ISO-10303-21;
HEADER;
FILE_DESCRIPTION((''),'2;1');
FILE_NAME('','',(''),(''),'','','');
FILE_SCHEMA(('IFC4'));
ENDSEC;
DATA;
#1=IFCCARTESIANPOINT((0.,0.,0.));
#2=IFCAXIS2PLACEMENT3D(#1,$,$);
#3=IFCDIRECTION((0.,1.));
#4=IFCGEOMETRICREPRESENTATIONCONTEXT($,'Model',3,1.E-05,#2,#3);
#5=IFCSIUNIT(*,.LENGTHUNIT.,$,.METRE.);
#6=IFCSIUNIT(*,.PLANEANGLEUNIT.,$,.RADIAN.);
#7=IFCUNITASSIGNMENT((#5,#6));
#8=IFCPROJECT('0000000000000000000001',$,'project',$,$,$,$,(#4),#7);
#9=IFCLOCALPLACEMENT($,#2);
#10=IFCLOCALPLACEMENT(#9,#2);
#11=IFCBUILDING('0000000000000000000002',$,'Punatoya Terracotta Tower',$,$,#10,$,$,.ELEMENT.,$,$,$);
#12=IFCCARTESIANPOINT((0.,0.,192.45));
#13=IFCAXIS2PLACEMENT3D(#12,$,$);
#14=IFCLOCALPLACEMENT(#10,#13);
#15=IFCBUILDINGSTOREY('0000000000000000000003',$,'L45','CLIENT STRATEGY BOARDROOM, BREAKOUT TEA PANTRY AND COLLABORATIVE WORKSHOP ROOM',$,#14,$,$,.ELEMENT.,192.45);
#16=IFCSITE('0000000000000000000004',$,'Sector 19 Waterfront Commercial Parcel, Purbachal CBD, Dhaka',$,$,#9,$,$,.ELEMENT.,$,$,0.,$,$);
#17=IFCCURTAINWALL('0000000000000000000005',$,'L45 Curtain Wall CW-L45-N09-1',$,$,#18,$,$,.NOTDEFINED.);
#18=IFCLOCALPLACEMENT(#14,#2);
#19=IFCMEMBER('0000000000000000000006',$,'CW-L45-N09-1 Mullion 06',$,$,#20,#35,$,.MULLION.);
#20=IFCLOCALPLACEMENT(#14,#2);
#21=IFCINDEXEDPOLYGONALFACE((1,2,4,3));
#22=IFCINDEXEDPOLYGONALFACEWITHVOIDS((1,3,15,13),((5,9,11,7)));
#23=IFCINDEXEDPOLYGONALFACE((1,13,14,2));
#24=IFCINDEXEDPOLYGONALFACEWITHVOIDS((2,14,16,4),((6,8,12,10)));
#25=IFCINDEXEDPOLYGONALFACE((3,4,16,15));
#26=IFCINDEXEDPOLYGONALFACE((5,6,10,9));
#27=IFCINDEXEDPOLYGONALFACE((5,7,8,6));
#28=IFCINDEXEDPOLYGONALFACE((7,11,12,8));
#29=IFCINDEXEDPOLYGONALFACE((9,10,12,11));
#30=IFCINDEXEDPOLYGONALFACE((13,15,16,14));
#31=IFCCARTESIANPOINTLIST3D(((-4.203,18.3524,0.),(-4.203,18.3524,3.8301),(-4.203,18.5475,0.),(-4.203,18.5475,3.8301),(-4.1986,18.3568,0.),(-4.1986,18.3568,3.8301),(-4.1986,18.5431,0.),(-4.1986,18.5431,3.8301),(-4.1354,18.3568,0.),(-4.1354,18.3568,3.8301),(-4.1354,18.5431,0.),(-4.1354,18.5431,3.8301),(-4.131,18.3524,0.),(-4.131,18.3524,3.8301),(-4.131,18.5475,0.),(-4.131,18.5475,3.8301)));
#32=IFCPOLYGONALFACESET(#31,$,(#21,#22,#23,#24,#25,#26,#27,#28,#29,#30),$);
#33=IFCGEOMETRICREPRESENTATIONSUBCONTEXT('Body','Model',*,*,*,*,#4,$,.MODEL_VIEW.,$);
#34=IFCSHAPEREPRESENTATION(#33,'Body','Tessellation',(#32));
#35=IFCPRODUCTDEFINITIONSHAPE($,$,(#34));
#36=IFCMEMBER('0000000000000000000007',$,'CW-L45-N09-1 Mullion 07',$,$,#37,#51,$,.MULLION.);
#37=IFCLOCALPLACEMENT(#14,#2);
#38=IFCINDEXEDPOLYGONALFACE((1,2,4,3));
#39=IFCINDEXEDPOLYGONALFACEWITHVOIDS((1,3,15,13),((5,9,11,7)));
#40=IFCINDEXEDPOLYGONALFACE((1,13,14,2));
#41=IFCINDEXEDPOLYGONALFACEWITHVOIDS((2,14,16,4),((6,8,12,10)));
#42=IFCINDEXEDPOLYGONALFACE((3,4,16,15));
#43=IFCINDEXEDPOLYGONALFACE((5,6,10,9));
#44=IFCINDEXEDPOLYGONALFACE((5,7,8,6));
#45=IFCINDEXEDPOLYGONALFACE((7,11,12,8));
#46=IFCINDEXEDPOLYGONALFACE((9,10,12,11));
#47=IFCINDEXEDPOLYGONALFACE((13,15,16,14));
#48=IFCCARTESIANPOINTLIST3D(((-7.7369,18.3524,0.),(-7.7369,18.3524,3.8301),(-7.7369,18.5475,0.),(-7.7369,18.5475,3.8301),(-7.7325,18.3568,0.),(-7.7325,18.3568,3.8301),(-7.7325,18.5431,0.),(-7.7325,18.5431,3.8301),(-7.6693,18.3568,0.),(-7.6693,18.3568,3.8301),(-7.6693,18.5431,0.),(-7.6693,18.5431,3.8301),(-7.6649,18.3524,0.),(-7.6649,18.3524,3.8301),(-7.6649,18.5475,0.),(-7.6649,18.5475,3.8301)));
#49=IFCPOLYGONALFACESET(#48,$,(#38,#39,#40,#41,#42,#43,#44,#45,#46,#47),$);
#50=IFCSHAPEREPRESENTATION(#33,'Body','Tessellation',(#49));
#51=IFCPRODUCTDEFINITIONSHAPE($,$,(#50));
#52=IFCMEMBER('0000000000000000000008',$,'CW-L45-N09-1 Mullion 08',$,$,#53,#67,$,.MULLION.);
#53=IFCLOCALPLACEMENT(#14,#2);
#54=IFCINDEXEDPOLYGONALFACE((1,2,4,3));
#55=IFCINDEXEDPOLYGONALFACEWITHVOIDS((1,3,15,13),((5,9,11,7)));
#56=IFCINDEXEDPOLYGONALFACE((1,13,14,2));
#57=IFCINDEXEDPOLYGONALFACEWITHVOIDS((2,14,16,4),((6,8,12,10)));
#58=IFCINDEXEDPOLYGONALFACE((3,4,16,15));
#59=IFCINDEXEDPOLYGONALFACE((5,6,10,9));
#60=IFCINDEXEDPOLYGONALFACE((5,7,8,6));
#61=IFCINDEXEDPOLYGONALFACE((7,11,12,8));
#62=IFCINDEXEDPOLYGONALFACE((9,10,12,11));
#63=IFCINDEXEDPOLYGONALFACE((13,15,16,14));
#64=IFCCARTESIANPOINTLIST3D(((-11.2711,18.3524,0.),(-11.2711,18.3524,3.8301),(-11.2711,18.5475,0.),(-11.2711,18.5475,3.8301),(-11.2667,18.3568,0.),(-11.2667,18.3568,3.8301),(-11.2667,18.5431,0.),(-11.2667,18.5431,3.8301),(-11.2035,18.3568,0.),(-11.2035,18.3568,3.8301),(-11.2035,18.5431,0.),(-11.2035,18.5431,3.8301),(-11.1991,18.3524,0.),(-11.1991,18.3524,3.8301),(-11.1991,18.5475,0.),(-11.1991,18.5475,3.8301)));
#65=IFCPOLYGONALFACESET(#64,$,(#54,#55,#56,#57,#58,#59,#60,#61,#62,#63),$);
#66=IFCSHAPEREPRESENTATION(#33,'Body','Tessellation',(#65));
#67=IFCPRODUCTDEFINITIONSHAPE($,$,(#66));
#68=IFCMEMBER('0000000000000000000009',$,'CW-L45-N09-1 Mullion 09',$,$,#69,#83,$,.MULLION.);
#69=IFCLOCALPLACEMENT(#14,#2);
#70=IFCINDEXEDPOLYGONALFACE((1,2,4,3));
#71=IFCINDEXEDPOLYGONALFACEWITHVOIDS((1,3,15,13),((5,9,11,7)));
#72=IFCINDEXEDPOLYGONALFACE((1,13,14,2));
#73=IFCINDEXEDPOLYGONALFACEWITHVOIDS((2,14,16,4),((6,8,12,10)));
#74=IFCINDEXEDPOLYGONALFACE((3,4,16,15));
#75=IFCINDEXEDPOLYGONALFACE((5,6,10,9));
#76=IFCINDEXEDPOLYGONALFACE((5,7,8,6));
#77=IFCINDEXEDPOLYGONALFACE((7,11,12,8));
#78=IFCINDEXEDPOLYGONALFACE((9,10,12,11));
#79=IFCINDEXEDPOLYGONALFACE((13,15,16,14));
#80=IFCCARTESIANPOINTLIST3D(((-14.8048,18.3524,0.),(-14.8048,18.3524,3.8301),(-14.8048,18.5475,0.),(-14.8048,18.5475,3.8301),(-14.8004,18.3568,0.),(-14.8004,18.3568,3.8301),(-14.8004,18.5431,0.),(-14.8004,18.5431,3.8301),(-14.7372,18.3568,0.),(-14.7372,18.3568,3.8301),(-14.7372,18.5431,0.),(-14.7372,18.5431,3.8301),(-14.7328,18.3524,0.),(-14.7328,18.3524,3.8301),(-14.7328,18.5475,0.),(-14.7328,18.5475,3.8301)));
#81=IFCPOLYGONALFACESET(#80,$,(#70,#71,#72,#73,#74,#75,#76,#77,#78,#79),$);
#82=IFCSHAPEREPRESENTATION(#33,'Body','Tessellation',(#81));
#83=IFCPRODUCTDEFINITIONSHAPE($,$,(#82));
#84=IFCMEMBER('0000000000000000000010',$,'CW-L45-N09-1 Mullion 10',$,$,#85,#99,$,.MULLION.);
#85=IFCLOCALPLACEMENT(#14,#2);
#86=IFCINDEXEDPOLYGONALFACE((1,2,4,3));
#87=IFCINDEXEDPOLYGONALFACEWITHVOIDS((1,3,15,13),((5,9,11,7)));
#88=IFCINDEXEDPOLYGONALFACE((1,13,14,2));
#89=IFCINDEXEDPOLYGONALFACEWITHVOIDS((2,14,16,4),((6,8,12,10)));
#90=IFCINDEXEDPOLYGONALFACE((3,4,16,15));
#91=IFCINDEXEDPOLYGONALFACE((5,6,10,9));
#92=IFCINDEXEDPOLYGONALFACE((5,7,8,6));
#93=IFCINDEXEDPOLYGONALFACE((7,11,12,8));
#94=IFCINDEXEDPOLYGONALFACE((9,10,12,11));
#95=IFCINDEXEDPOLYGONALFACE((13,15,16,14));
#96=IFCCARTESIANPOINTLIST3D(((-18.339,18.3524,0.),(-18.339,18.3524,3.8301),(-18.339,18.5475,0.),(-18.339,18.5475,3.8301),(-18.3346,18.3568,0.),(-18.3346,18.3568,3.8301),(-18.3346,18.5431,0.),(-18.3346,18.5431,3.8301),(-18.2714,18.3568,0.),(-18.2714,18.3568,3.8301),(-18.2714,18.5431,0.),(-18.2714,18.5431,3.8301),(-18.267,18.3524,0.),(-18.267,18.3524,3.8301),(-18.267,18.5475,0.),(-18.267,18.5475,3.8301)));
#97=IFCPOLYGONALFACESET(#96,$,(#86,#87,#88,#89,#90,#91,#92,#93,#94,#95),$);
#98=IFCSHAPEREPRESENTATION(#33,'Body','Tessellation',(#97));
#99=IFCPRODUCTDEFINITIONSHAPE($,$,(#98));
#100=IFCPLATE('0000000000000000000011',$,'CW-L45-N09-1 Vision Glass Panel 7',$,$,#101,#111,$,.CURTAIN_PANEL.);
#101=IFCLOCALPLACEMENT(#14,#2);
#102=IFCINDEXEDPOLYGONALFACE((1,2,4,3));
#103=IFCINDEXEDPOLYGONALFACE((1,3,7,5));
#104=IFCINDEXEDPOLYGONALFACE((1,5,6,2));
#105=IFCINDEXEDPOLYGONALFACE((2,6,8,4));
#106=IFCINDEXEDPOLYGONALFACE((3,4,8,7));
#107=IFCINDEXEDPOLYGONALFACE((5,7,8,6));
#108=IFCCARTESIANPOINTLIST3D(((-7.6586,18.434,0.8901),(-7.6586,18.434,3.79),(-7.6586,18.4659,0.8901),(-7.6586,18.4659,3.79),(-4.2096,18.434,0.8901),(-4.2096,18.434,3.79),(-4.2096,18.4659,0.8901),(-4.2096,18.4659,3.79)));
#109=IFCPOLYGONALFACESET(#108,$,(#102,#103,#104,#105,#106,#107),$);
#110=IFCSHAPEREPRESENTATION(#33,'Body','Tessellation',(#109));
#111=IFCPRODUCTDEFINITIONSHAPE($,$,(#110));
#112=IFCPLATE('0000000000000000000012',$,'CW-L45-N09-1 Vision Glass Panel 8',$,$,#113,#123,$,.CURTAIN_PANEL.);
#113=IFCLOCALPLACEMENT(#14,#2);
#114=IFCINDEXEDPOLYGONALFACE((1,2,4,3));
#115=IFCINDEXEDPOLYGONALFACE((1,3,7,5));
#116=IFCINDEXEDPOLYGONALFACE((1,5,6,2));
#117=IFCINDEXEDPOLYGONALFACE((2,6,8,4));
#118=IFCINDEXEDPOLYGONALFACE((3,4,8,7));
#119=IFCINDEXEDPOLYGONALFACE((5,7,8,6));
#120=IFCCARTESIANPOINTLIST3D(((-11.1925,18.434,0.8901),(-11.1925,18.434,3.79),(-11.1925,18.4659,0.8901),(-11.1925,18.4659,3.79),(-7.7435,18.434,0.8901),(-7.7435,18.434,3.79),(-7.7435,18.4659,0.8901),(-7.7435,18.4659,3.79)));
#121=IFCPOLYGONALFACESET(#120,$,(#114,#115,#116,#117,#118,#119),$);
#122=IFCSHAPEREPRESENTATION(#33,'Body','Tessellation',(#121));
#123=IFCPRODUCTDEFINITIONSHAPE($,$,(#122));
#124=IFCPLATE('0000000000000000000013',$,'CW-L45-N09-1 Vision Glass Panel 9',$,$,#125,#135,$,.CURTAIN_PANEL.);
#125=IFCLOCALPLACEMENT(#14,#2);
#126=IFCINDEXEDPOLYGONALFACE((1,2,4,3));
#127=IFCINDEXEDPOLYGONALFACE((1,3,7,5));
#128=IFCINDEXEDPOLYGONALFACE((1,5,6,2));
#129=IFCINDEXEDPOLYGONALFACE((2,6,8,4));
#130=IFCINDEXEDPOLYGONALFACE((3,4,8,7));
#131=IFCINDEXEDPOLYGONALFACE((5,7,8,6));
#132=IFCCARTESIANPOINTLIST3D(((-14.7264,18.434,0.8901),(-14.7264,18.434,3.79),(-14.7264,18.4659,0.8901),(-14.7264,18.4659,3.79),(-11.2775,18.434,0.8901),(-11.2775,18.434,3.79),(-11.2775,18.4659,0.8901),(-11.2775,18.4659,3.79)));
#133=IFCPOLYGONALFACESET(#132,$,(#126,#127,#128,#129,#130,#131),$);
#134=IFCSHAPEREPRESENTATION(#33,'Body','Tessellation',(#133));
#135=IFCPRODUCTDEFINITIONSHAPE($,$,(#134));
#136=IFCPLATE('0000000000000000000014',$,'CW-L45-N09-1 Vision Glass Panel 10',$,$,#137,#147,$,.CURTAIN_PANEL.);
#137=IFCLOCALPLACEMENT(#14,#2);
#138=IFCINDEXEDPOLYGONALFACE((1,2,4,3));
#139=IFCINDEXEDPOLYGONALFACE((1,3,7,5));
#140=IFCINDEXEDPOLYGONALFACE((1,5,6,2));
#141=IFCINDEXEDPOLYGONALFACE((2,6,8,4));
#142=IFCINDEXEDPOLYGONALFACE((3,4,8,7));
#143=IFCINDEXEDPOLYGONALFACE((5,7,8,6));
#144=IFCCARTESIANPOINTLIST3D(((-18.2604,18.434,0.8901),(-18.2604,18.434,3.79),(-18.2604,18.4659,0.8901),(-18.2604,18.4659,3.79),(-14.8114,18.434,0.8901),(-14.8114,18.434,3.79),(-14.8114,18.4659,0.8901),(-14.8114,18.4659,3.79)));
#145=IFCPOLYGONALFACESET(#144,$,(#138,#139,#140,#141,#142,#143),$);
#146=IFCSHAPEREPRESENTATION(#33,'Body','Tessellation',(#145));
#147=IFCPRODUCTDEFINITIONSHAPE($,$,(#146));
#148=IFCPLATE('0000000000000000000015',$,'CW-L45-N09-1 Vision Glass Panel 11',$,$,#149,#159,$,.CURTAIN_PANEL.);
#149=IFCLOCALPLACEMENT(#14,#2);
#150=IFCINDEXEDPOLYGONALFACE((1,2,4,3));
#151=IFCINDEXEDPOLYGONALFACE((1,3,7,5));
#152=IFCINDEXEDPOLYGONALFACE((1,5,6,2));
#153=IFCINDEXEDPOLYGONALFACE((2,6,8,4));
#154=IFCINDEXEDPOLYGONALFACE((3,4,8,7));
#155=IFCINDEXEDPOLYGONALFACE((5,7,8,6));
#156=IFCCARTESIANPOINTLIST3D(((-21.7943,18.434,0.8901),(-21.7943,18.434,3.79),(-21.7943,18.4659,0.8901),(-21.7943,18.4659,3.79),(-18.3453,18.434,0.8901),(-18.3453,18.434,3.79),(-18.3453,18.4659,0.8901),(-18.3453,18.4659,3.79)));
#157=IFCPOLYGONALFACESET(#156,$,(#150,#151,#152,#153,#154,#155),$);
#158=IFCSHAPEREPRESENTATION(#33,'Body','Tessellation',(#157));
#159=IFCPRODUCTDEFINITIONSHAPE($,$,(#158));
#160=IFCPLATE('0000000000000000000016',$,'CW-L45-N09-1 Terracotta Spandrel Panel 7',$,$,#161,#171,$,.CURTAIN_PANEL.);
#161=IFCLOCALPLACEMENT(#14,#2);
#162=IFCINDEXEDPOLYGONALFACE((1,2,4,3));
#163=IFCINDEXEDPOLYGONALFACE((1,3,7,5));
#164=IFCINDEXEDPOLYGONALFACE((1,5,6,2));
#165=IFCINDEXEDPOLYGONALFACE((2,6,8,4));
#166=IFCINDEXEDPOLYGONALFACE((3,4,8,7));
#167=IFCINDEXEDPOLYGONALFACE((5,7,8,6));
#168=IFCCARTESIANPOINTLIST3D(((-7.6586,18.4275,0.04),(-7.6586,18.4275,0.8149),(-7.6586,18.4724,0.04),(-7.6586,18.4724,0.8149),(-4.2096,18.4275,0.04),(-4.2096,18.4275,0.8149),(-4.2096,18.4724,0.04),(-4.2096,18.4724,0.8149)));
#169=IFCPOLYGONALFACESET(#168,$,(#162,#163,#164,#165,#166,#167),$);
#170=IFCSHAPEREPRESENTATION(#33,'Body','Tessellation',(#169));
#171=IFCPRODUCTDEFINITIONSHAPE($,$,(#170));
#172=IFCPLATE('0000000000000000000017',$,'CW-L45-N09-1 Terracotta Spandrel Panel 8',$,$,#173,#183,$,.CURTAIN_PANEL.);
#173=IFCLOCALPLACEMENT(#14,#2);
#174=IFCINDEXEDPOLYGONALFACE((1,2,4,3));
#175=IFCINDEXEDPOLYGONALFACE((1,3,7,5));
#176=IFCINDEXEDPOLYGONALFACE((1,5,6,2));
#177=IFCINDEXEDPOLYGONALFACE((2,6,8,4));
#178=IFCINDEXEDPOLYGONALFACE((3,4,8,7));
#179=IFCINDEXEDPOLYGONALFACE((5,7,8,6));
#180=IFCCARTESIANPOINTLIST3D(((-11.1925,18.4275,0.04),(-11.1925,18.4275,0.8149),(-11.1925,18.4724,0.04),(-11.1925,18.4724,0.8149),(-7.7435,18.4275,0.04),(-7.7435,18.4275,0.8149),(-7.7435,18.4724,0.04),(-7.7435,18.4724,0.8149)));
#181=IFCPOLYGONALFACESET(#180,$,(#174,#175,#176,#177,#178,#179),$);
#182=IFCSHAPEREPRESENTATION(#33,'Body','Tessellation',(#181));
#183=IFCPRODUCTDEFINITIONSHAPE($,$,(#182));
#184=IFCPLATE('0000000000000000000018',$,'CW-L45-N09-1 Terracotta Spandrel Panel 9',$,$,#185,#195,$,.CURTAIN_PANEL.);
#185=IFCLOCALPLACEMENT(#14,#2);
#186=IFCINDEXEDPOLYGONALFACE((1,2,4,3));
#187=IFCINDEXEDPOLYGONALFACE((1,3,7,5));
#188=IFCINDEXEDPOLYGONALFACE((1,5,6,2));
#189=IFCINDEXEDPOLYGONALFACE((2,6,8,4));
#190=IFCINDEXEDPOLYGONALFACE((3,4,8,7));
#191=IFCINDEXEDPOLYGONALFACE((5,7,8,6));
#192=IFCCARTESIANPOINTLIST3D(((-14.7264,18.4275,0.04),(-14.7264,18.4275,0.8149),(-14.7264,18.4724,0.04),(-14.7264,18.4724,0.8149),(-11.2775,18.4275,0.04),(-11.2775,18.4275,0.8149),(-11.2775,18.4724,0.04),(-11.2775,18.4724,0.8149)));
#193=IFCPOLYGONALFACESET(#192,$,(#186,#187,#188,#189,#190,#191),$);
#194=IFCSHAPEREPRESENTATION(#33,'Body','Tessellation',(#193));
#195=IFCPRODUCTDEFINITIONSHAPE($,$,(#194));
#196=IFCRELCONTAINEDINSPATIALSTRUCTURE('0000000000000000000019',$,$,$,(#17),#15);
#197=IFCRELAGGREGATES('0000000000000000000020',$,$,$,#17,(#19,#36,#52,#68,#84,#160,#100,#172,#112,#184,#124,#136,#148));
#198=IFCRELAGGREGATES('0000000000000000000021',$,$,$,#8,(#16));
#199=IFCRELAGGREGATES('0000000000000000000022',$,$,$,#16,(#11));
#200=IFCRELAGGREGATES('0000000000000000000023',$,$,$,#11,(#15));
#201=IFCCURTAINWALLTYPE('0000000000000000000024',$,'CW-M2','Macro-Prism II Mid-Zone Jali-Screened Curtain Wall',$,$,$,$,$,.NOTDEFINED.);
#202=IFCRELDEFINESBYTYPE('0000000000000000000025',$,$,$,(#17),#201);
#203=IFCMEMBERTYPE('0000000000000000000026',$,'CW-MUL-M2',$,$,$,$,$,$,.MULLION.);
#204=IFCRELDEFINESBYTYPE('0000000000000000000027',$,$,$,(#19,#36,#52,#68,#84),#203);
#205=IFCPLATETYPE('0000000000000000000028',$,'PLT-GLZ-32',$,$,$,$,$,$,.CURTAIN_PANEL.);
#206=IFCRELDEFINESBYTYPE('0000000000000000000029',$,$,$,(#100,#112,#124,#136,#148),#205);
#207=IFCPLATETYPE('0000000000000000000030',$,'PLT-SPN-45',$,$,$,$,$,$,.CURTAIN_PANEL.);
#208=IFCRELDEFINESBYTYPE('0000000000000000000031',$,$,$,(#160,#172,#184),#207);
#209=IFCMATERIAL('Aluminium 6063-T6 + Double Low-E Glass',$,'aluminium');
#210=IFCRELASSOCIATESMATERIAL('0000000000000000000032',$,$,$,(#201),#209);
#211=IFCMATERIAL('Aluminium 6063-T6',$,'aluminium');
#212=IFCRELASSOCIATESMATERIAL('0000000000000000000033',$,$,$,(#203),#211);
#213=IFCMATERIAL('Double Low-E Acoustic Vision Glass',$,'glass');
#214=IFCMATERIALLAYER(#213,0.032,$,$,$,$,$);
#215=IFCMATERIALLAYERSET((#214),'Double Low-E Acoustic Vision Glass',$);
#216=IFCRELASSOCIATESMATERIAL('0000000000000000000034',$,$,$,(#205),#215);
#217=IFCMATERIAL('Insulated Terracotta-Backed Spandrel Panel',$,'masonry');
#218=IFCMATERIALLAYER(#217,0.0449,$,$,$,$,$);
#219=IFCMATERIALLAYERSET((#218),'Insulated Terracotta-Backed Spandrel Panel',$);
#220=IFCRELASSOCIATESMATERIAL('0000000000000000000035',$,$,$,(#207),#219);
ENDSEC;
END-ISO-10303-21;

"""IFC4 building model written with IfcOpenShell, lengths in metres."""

from ifc_helpers import new_model, si_unit, direction, frame, origin, origin_2d, place, context, subcontext, project, spatial, rectangle, hollow_rectangle, extrude, material, layer, layer_set, material_profile, profile_set, type_object, element, aggregate, save


model = new_model("IFC4")

# Units and contexts
model_context = context("Model", 3, precision=1e-05, world=origin(), true_north=direction((0.0, 1.0)))
body_context = subcontext(model_context, "Body", "Model", "MODEL_VIEW")
ifc_project = project(units=[si_unit("LENGTHUNIT", "METRE"), si_unit("PLANEANGLEUNIT", "RADIAN")], contexts=[model_context])

# Site, building, storey
site_placement = place(None, origin())
site = spatial("IfcSite", under=ifc_project, at=site_placement, Name="Sector 19 Waterfront Commercial Parcel, Purbachal CBD, Dhaka", CompositionType="ELEMENT", RefElevation=0.0)
building_placement = place(site_placement, origin())
building = spatial("IfcBuilding", under=site, at=building_placement, Name="Punatoya Terracotta Tower", CompositionType="ELEMENT")
storey_placement = place(building_placement, frame((0.0, 0.0, 192.45)))
storey = spatial("IfcBuildingStorey", under=building, at=storey_placement, Name="L45", Description="CLIENT STRATEGY BOARDROOM, BREAKOUT TEA PANTRY AND COLLABORATIVE WORKSHOP ROOM", CompositionType="ELEMENT", Elevation=192.45)

# Curtain wall, members, plates
ifc_material_1 = material(Name="Aluminium 6063-T6 + Double Low-E Glass", Category="aluminium")
curtain_wall_type = type_object("IfcCurtainWallType", Name="CW-M2", Description="Macro-Prism II Mid-Zone Jali-Screened Curtain Wall", PredefinedType="NOTDEFINED", material=ifc_material_1)
curtain_wall_placement = place(storey_placement, origin())
curtain_wall = element("IfcCurtainWall", 1, at=curtain_wall_placement, inside=storey, type_object=curtain_wall_type, Name="L45 Curtain Wall CW-L45-N09-1", PredefinedType="NOTDEFINED")
ifc_material_2 = material(Name="Aluminium 6063-T6", Category="aluminium")
ifc_material_profile_1 = material_profile(ifc_material_2, hollow_rectangle(XDim=0.072, YDim=0.1951, WallThickness=0.0044, at=origin_2d()))
ifc_profile_set_1 = profile_set([ifc_material_profile_1], Name="Aluminium 6063-T6")
member_type = type_object("IfcMemberType", Name="CW-MUL-M2", PredefinedType="MULLION", material=ifc_profile_set_1)
member_1_placement = place(storey_placement, frame((-4.167, 18.45, 0.0), z_axis=(0.0, 0.0, 1.0), x_axis=(1.0, 0.0, 0.0)))
member_1 = element("IfcMember", 2, at=member_1_placement, type_object=member_type, Name="CW-L45-N09-1 Mullion 06", PredefinedType="MULLION", context=body_context, shape_type="SweptSolid", body=[
    extrude(hollow_rectangle(XDim=0.072, YDim=0.1951, WallThickness=0.0044, at=origin_2d()), origin(), (0.0, 0.0, 1.0), 3.8301),
])
member_2_placement = place(storey_placement, frame((-7.7009, 18.45, 0.0), z_axis=(0.0, 0.0, 1.0), x_axis=(1.0, 0.0, 0.0)))
member_2 = element("IfcMember", 3, at=member_2_placement, type_object=member_type, Name="CW-L45-N09-1 Mullion 07", PredefinedType="MULLION", context=body_context, shape_type="SweptSolid", body=[
    extrude(hollow_rectangle(XDim=0.072, YDim=0.1951, WallThickness=0.0044, at=origin_2d()), origin(), (0.0, 0.0, 1.0), 3.8301),
])
member_3_placement = place(storey_placement, frame((-11.2351, 18.45, 0.0), z_axis=(0.0, 0.0, 1.0), x_axis=(1.0, 0.0, 0.0)))
member_3 = element("IfcMember", 4, at=member_3_placement, type_object=member_type, Name="CW-L45-N09-1 Mullion 08", PredefinedType="MULLION", context=body_context, shape_type="SweptSolid", body=[
    extrude(hollow_rectangle(XDim=0.072, YDim=0.1951, WallThickness=0.0044, at=origin_2d()), origin(), (0.0, 0.0, 1.0), 3.8301),
])
member_4_placement = place(storey_placement, frame((-14.7688, 18.45, 0.0), z_axis=(0.0, 0.0, 1.0), x_axis=(1.0, 0.0, 0.0)))
member_4 = element("IfcMember", 5, at=member_4_placement, type_object=member_type, Name="CW-L45-N09-1 Mullion 09", PredefinedType="MULLION", context=body_context, shape_type="SweptSolid", body=[
    extrude(hollow_rectangle(XDim=0.072, YDim=0.1951, WallThickness=0.0044, at=origin_2d()), origin(), (0.0, 0.0, 1.0), 3.8301),
])
member_5_placement = place(storey_placement, frame((-18.303, 18.45, 0.0), z_axis=(0.0, 0.0, 1.0), x_axis=(1.0, 0.0, 0.0)))
member_5 = element("IfcMember", 6, at=member_5_placement, type_object=member_type, Name="CW-L45-N09-1 Mullion 10", PredefinedType="MULLION", context=body_context, shape_type="SweptSolid", body=[
    extrude(hollow_rectangle(XDim=0.072, YDim=0.1951, WallThickness=0.0044, at=origin_2d()), origin(), (0.0, 0.0, 1.0), 3.8301),
])
ifc_material_3 = material(Name="Double Low-E Acoustic Vision Glass", Category="glass")
ifc_layer_1 = layer(ifc_material_3, 0.032)
ifc_layer_set_1 = layer_set([ifc_layer_1], Name="Double Low-E Acoustic Vision Glass")
plate_type_1 = type_object("IfcPlateType", Name="PLT-GLZ-32", PredefinedType="CURTAIN_PANEL", material=ifc_layer_set_1)
plate_1_placement = place(storey_placement, frame((-5.9341, 18.45, 0.8901), z_axis=(0.0, 0.0, 1.0), x_axis=(-1.0, 0.0, 0.0)))
plate_1 = element("IfcPlate", 7, at=plate_1_placement, type_object=plate_type_1, Name="CW-L45-N09-1 Vision Glass Panel 7", PredefinedType="CURTAIN_PANEL", context=body_context, shape_type="SweptSolid", body=[
    extrude(rectangle(XDim=3.449, YDim=0.032, at=origin_2d()), origin(), (0.0, 0.0, 1.0), 2.8999),
])
plate_2_placement = place(storey_placement, frame((-9.468, 18.45, 0.8901), z_axis=(0.0, 0.0, 1.0), x_axis=(-1.0, 0.0, 0.0)))
plate_2 = element("IfcPlate", 8, at=plate_2_placement, type_object=plate_type_1, Name="CW-L45-N09-1 Vision Glass Panel 8", PredefinedType="CURTAIN_PANEL", context=body_context, shape_type="SweptSolid", body=[
    extrude(rectangle(XDim=3.449, YDim=0.032, at=origin_2d()), origin(), (0.0, 0.0, 1.0), 2.8999),
])
plate_3_placement = place(storey_placement, frame((-13.002, 18.45, 0.8901), z_axis=(0.0, 0.0, 1.0), x_axis=(-1.0, 0.0, 0.0)))
plate_3 = element("IfcPlate", 9, at=plate_3_placement, type_object=plate_type_1, Name="CW-L45-N09-1 Vision Glass Panel 9", PredefinedType="CURTAIN_PANEL", context=body_context, shape_type="SweptSolid", body=[
    extrude(rectangle(XDim=3.449, YDim=0.032, at=origin_2d()), origin(), (0.0, 0.0, 1.0), 2.8999),
])
plate_4_placement = place(storey_placement, frame((-16.5359, 18.45, 0.8901), z_axis=(0.0, 0.0, 1.0), x_axis=(-1.0, 0.0, 0.0)))
plate_4 = element("IfcPlate", 10, at=plate_4_placement, type_object=plate_type_1, Name="CW-L45-N09-1 Vision Glass Panel 10", PredefinedType="CURTAIN_PANEL", context=body_context, shape_type="SweptSolid", body=[
    extrude(rectangle(XDim=3.449, YDim=0.032, at=origin_2d()), origin(), (0.0, 0.0, 1.0), 2.8999),
])
plate_5_placement = place(storey_placement, frame((-20.0698, 18.45, 0.8901), z_axis=(0.0, 0.0, 1.0), x_axis=(-1.0, 0.0, 0.0)))
plate_5 = element("IfcPlate", 11, at=plate_5_placement, type_object=plate_type_1, Name="CW-L45-N09-1 Vision Glass Panel 11", PredefinedType="CURTAIN_PANEL", context=body_context, shape_type="SweptSolid", body=[
    extrude(rectangle(XDim=3.449, YDim=0.032, at=origin_2d()), origin(), (0.0, 0.0, 1.0), 2.8999),
])
ifc_material_4 = material(Name="Insulated Terracotta-Backed Spandrel Panel", Category="masonry")
ifc_layer_2 = layer(ifc_material_4, 0.0449)
ifc_layer_set_2 = layer_set([ifc_layer_2], Name="Insulated Terracotta-Backed Spandrel Panel")
plate_type_2 = type_object("IfcPlateType", Name="PLT-SPN-45", PredefinedType="CURTAIN_PANEL", material=ifc_layer_set_2)
plate_6_placement = place(storey_placement, frame((-5.9341, 18.45, 0.04), z_axis=(0.0, 0.0, 1.0), x_axis=(-1.0, 0.0, 0.0)))
plate_6 = element("IfcPlate", 12, at=plate_6_placement, type_object=plate_type_2, Name="CW-L45-N09-1 Terracotta Spandrel Panel 7", PredefinedType="CURTAIN_PANEL", context=body_context, shape_type="SweptSolid", body=[
    extrude(rectangle(XDim=3.449, YDim=0.0449, at=origin_2d()), origin(), (0.0, 0.0, 1.0), 0.7749),
])
plate_7_placement = place(storey_placement, frame((-9.468, 18.45, 0.04), z_axis=(0.0, 0.0, 1.0), x_axis=(-1.0, 0.0, 0.0)))
plate_7 = element("IfcPlate", 13, at=plate_7_placement, type_object=plate_type_2, Name="CW-L45-N09-1 Terracotta Spandrel Panel 8", PredefinedType="CURTAIN_PANEL", context=body_context, shape_type="SweptSolid", body=[
    extrude(rectangle(XDim=3.449, YDim=0.0449, at=origin_2d()), origin(), (0.0, 0.0, 1.0), 0.7749),
])
plate_8_placement = place(storey_placement, frame((-13.002, 18.45, 0.04), z_axis=(0.0, 0.0, 1.0), x_axis=(-1.0, 0.0, 0.0)))
plate_8 = element("IfcPlate", 14, at=plate_8_placement, type_object=plate_type_2, Name="CW-L45-N09-1 Terracotta Spandrel Panel 9", PredefinedType="CURTAIN_PANEL", context=body_context, shape_type="SweptSolid", body=[
    extrude(rectangle(XDim=3.449, YDim=0.0449, at=origin_2d()), origin(), (0.0, 0.0, 1.0), 0.7749),
])
aggregate(curtain_wall, [member_1, member_2, member_3, member_4, member_5, plate_6, plate_1, plate_7, plate_2, plate_8, plate_3, plate_4, plate_5])

save(model, "model.ifc")
